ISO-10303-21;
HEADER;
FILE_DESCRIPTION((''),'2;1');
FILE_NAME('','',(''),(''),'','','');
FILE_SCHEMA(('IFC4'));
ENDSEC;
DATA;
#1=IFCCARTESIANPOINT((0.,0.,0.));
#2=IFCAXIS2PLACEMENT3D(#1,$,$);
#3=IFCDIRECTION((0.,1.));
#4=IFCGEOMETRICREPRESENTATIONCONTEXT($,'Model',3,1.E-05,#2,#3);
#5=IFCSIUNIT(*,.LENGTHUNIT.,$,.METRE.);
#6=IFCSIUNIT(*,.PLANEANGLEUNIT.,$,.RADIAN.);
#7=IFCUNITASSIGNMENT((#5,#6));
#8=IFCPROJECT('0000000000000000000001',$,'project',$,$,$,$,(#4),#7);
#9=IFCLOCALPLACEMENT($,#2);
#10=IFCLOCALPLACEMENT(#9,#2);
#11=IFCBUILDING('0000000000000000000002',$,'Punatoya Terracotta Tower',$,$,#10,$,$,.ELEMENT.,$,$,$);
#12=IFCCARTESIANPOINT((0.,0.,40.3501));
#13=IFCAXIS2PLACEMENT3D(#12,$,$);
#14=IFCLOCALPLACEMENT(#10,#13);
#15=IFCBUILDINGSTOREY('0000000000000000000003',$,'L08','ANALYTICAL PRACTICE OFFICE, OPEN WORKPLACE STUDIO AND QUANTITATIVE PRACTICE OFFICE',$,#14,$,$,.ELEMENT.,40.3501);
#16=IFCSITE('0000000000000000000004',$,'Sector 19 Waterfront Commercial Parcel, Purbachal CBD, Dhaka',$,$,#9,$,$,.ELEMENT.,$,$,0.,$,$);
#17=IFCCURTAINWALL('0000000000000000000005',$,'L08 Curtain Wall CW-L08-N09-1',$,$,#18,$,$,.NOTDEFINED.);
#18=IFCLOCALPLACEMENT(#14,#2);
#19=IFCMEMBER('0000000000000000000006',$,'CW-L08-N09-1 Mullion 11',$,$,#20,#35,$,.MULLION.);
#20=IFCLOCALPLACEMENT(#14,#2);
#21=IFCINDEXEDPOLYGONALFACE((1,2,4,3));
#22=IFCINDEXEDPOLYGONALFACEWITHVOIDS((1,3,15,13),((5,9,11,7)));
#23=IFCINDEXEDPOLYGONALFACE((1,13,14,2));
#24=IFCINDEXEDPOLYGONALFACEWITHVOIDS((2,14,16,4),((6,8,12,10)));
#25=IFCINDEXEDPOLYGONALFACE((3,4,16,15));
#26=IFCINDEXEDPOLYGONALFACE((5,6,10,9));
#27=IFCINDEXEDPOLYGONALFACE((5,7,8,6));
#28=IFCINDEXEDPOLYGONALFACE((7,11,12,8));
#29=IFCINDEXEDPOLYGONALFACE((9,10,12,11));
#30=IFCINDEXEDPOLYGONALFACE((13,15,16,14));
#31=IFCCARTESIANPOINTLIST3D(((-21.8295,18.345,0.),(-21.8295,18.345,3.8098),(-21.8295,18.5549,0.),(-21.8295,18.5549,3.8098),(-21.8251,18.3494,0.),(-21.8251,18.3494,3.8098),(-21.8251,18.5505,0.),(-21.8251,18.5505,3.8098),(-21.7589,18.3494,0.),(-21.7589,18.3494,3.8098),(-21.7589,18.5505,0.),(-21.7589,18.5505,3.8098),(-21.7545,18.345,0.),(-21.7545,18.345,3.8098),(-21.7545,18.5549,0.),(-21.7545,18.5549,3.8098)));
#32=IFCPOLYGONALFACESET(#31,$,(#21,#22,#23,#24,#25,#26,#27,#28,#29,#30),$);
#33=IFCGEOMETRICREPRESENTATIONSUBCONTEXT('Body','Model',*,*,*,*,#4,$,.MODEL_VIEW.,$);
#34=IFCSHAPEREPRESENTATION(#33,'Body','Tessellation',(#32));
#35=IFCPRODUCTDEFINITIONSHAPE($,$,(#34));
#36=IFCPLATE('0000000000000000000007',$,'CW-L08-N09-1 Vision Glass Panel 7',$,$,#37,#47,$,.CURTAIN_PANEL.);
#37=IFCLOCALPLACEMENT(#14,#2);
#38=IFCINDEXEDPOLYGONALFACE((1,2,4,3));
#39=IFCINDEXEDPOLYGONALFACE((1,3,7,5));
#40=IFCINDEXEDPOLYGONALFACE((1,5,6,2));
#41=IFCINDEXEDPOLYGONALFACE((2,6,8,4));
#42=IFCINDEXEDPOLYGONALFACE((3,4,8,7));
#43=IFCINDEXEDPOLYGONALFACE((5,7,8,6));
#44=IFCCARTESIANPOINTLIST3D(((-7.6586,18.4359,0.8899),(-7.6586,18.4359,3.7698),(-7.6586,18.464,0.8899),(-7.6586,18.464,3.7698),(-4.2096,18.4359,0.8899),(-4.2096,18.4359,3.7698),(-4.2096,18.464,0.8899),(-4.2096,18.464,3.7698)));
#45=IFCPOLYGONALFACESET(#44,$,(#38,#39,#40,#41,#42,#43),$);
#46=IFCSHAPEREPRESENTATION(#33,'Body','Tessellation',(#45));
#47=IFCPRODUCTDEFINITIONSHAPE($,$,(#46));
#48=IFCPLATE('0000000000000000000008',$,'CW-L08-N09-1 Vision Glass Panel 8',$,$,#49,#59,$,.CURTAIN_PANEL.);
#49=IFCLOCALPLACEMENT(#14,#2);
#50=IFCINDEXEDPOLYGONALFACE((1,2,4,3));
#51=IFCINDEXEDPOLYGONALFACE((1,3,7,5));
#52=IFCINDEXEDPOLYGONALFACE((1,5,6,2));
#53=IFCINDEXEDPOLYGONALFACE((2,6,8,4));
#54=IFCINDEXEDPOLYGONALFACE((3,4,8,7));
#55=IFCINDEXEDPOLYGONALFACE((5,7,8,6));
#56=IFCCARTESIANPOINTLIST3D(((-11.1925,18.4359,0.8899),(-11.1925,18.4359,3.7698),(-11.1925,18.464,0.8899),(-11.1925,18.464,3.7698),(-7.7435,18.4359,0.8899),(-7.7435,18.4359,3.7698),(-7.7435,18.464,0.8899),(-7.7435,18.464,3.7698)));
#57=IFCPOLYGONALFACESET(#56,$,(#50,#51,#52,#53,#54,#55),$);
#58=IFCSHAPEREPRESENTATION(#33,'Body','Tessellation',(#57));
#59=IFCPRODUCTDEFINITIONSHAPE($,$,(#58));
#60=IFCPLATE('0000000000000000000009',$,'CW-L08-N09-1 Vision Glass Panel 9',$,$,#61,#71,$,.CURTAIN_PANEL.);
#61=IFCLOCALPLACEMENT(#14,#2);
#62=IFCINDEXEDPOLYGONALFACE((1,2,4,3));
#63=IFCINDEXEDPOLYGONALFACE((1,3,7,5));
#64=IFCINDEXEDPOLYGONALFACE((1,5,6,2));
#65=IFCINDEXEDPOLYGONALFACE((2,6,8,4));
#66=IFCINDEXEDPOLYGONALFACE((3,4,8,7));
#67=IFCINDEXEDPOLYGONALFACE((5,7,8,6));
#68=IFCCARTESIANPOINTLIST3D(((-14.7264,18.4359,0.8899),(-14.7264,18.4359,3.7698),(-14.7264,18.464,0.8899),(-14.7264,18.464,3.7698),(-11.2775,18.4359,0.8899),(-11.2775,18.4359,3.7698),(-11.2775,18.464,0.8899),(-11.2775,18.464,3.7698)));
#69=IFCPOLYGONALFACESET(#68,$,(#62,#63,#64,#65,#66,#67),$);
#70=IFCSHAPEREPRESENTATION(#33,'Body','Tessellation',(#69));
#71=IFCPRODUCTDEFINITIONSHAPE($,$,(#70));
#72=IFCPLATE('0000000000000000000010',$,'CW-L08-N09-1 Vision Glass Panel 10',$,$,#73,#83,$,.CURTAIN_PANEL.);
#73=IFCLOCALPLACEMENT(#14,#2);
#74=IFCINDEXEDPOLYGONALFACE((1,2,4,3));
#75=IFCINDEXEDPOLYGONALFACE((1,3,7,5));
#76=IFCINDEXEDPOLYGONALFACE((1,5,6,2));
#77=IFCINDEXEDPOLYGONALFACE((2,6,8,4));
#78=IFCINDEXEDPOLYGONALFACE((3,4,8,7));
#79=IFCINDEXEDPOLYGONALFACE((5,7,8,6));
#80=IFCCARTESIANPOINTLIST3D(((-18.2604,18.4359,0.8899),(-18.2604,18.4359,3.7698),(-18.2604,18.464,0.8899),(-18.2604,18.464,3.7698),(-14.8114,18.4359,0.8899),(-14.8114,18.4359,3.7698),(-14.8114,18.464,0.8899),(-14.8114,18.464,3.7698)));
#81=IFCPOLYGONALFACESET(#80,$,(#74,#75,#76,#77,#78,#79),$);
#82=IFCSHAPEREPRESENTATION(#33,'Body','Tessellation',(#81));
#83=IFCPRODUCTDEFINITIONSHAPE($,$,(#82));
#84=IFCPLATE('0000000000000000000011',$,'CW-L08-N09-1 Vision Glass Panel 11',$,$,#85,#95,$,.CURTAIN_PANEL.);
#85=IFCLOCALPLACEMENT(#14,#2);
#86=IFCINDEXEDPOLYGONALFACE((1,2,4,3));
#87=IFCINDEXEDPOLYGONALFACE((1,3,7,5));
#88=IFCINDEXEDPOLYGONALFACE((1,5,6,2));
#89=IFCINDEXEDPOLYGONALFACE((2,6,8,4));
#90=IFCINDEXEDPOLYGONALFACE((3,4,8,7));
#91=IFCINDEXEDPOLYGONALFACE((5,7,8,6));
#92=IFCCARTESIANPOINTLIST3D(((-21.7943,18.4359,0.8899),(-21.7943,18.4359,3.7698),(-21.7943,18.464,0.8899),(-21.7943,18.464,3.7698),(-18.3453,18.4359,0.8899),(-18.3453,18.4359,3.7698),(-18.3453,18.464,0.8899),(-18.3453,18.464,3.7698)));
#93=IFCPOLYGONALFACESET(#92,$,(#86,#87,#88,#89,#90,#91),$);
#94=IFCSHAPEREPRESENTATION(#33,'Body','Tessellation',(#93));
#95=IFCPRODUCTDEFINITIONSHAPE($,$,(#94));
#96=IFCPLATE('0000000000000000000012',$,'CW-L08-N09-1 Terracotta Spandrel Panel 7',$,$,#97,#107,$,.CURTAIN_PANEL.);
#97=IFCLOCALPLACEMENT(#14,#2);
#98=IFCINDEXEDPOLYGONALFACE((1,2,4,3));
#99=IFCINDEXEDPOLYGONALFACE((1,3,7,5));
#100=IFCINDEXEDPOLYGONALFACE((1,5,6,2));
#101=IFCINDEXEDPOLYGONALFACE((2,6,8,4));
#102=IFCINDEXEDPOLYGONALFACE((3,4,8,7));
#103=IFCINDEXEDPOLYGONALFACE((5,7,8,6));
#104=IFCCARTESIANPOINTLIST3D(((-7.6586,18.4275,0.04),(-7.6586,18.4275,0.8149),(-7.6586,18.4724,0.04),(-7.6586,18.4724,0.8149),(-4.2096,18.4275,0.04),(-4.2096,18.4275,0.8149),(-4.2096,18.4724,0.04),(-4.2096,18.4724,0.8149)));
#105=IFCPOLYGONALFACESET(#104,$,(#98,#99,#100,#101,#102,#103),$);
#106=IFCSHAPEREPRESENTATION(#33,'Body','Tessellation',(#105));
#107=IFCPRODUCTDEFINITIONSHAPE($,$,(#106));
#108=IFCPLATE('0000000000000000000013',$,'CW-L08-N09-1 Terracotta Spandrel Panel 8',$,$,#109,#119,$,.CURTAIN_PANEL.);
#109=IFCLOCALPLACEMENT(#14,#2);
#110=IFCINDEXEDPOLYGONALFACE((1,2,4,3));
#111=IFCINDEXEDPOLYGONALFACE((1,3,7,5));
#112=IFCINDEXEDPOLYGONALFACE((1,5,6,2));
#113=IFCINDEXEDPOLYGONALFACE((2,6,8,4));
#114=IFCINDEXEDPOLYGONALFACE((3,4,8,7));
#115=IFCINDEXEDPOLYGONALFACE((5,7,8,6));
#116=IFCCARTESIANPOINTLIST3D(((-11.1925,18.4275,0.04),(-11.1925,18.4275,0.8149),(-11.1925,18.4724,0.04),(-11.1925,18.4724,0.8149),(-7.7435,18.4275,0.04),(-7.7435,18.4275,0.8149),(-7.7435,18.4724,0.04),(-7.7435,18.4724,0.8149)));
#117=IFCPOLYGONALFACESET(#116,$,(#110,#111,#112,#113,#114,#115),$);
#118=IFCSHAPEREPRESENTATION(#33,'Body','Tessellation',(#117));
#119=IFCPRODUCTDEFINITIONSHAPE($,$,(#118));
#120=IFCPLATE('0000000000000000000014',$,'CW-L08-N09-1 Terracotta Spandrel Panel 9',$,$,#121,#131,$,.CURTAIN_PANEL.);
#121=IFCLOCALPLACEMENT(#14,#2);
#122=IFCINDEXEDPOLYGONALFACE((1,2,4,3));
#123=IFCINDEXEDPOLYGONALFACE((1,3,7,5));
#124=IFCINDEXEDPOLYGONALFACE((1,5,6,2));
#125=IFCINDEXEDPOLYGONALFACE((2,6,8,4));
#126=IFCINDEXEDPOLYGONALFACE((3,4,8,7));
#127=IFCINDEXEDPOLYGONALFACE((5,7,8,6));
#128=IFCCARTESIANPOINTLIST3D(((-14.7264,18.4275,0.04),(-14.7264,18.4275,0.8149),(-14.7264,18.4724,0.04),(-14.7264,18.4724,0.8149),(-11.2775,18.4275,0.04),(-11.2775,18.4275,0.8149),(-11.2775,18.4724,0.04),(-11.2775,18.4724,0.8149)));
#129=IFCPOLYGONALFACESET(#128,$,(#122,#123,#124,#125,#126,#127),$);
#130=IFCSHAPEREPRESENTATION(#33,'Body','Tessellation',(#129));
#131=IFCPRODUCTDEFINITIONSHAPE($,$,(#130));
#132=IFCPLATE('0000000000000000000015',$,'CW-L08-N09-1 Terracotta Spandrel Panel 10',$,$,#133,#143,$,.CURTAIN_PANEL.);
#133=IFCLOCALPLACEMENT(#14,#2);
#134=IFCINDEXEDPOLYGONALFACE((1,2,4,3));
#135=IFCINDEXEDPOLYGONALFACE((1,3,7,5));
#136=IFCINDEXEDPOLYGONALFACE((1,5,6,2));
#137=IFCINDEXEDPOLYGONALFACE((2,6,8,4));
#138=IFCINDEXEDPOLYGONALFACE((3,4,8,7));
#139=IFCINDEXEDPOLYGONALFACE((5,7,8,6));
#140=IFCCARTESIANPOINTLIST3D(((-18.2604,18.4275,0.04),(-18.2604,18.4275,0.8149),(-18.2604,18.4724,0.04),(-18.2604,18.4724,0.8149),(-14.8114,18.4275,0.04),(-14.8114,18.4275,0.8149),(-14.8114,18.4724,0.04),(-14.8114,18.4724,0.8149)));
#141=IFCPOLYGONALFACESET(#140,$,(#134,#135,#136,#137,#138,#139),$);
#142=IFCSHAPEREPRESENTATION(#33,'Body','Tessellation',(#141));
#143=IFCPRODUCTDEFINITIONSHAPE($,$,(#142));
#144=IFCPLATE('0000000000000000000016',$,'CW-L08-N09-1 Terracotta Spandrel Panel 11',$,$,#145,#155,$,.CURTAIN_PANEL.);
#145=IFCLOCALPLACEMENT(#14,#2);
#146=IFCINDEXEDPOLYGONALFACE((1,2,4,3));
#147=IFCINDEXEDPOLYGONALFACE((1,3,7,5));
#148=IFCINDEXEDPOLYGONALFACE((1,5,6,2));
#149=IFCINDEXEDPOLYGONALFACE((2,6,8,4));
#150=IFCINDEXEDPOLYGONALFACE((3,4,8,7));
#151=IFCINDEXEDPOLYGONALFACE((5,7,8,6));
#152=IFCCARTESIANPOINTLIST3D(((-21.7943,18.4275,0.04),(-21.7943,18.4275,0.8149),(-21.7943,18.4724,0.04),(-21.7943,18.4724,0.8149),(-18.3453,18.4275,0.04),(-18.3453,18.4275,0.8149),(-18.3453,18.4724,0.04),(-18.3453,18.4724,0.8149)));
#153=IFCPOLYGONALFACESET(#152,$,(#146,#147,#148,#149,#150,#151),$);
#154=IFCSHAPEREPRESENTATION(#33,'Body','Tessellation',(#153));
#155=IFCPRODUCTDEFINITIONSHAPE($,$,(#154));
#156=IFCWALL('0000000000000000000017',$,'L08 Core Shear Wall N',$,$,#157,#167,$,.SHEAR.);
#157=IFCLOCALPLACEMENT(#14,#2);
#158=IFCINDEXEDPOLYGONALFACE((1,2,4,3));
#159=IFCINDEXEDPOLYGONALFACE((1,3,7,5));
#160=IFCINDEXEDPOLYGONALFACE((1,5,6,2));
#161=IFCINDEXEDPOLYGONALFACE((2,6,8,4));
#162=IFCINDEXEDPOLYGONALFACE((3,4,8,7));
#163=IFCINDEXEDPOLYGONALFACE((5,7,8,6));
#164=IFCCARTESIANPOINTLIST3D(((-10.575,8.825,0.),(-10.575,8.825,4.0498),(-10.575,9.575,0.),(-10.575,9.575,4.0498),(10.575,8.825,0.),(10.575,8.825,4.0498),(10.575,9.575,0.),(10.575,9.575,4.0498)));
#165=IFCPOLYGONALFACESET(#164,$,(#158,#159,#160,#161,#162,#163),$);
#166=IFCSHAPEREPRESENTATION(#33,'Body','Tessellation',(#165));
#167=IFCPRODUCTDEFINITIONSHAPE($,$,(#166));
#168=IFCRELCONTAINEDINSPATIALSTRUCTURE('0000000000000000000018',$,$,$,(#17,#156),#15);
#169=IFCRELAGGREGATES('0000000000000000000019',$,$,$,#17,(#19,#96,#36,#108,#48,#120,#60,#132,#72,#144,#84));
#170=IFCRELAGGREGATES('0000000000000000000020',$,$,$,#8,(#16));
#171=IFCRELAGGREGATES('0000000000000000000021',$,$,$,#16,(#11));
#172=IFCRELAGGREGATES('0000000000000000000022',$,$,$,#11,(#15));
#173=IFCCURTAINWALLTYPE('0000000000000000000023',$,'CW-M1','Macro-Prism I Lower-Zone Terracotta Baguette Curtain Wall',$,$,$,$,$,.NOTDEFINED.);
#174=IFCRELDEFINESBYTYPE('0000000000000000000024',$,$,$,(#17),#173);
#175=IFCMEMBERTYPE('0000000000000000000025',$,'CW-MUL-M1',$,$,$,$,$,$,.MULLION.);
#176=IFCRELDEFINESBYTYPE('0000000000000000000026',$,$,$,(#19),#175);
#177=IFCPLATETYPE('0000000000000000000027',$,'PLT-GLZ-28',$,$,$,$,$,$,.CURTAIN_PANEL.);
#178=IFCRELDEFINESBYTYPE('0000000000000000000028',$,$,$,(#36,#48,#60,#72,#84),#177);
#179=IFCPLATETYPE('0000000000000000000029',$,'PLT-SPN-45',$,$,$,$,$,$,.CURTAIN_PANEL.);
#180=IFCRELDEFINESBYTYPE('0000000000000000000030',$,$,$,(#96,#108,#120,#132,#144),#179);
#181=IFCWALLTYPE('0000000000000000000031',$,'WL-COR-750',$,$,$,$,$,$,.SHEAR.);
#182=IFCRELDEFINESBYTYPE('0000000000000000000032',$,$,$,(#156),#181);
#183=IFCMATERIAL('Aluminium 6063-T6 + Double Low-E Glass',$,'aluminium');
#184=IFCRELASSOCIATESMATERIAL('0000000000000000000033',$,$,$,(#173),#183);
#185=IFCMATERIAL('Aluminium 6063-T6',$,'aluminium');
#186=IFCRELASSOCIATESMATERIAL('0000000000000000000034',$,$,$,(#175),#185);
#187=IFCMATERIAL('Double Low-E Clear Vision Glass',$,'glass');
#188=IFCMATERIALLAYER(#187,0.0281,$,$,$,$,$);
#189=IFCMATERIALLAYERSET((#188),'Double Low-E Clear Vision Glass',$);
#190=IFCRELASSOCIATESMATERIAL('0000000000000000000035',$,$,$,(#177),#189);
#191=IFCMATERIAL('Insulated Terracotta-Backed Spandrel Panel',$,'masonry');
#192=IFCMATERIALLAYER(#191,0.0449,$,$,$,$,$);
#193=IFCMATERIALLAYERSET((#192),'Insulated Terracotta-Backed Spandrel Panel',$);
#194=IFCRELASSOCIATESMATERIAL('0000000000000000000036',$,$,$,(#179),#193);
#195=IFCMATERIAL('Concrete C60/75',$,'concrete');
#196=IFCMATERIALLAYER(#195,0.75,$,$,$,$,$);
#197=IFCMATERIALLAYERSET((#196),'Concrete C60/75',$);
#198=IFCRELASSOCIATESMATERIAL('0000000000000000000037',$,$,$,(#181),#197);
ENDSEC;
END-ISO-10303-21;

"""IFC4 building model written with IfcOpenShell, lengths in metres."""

from ifc_helpers import new_model, si_unit, direction, frame, frame_2d, origin, origin_2d, place, context, subcontext, project, spatial, rectangle, hollow_rectangle, extrude, material, layer, layer_set, material_profile, profile_set, type_object, element, aggregate, save


model = new_model("IFC4")

# Units and contexts
model_context = context("Model", 3, precision=1e-05, world=origin(), true_north=direction((0.0, 1.0)))
body_context = subcontext(model_context, "Body", "Model", "MODEL_VIEW")
ifc_project = project(units=[si_unit("LENGTHUNIT", "METRE"), si_unit("PLANEANGLEUNIT", "RADIAN")], contexts=[model_context])

# Site, building, storey
site_placement = place(None, origin())
site = spatial("IfcSite", under=ifc_project, at=site_placement, Name="Sector 19 Waterfront Commercial Parcel, Purbachal CBD, Dhaka", CompositionType="ELEMENT", RefElevation=0.0)
building_placement = place(site_placement, origin())
building = spatial("IfcBuilding", under=site, at=building_placement, Name="Punatoya Terracotta Tower", CompositionType="ELEMENT")
storey_placement = place(building_placement, frame((0.0, 0.0, 40.3501)))
storey = spatial("IfcBuildingStorey", under=building, at=storey_placement, Name="L08", Description="ANALYTICAL PRACTICE OFFICE, OPEN WORKPLACE STUDIO AND QUANTITATIVE PRACTICE OFFICE", CompositionType="ELEMENT", Elevation=40.3501)

# Curtain wall, member, plates
ifc_material_1 = material(Name="Aluminium 6063-T6 + Double Low-E Glass", Category="aluminium")
curtain_wall_type = type_object("IfcCurtainWallType", Name="CW-M1", Description="Macro-Prism I Lower-Zone Terracotta Baguette Curtain Wall", PredefinedType="NOTDEFINED", material=ifc_material_1)
curtain_wall_placement = place(storey_placement, origin())
curtain_wall = element("IfcCurtainWall", 1, at=curtain_wall_placement, inside=storey, type_object=curtain_wall_type, Name="L08 Curtain Wall CW-L08-N09-1", PredefinedType="NOTDEFINED")
ifc_material_2 = material(Name="Aluminium 6063-T6", Category="aluminium")
ifc_material_profile_1 = material_profile(ifc_material_2, hollow_rectangle(XDim=0.075, YDim=0.21, WallThickness=0.0044, at=origin_2d()))
ifc_profile_set_1 = profile_set([ifc_material_profile_1], Name="Aluminium 6063-T6")
member_type = type_object("IfcMemberType", Name="CW-MUL-M1", PredefinedType="MULLION", material=ifc_profile_set_1)
member_1_placement = place(storey_placement, frame((-21.792, 18.45, 0.0), z_axis=(0.0, 0.0, 1.0), x_axis=(1.0, 0.0, 0.0)))
member_1 = element("IfcMember", 2, at=member_1_placement, type_object=member_type, Name="CW-L08-N09-1 Mullion 11", PredefinedType="MULLION", context=body_context, shape_type="SweptSolid", body=[
    extrude(hollow_rectangle(XDim=0.075, YDim=0.21, WallThickness=0.0044, at=origin_2d()), origin(), (0.0, 0.0, 1.0), 3.8098),
])
ifc_material_3 = material(Name="Double Low-E Clear Vision Glass", Category="glass")
ifc_layer_1 = layer(ifc_material_3, 0.0281)
ifc_layer_set_1 = layer_set([ifc_layer_1], Name="Double Low-E Clear Vision Glass")
plate_type_1 = type_object("IfcPlateType", Name="PLT-GLZ-28", PredefinedType="CURTAIN_PANEL", material=ifc_layer_set_1)
plate_1_placement = place(storey_placement, frame((-5.9341, 18.45, 0.8899), z_axis=(0.0, 0.0, 1.0), x_axis=(-1.0, 0.0, 0.0)))
plate_1 = element("IfcPlate", 3, at=plate_1_placement, type_object=plate_type_1, Name="CW-L08-N09-1 Vision Glass Panel 7", PredefinedType="CURTAIN_PANEL", context=body_context, shape_type="SweptSolid", body=[
    extrude(rectangle(XDim=3.449, YDim=0.0281, at=origin_2d()), origin(), (0.0, 0.0, 1.0), 2.8799),
])
plate_2_placement = place(storey_placement, frame((-9.468, 18.45, 0.8899), z_axis=(0.0, 0.0, 1.0), x_axis=(-1.0, 0.0, 0.0)))
plate_2 = element("IfcPlate", 4, at=plate_2_placement, type_object=plate_type_1, Name="CW-L08-N09-1 Vision Glass Panel 8", PredefinedType="CURTAIN_PANEL", context=body_context, shape_type="SweptSolid", body=[
    extrude(rectangle(XDim=3.449, YDim=0.0281, at=origin_2d()), origin(), (0.0, 0.0, 1.0), 2.8799),
])
plate_3_placement = place(storey_placement, frame((-13.002, 18.45, 0.8899), z_axis=(0.0, 0.0, 1.0), x_axis=(-1.0, 0.0, 0.0)))
plate_3 = element("IfcPlate", 5, at=plate_3_placement, type_object=plate_type_1, Name="CW-L08-N09-1 Vision Glass Panel 9", PredefinedType="CURTAIN_PANEL", context=body_context, shape_type="SweptSolid", body=[
    extrude(rectangle(XDim=3.449, YDim=0.0281, at=origin_2d()), origin(), (0.0, 0.0, 1.0), 2.8799),
])
plate_4_placement = place(storey_placement, frame((-16.5359, 18.45, 0.8899), z_axis=(0.0, 0.0, 1.0), x_axis=(-1.0, 0.0, 0.0)))
plate_4 = element("IfcPlate", 6, at=plate_4_placement, type_object=plate_type_1, Name="CW-L08-N09-1 Vision Glass Panel 10", PredefinedType="CURTAIN_PANEL", context=body_context, shape_type="SweptSolid", body=[
    extrude(rectangle(XDim=3.449, YDim=0.0281, at=origin_2d()), origin(), (0.0, 0.0, 1.0), 2.8799),
])
plate_5_placement = place(storey_placement, frame((-20.0698, 18.45, 0.8899), z_axis=(0.0, 0.0, 1.0), x_axis=(-1.0, 0.0, 0.0)))
plate_5 = element("IfcPlate", 7, at=plate_5_placement, type_object=plate_type_1, Name="CW-L08-N09-1 Vision Glass Panel 11", PredefinedType="CURTAIN_PANEL", context=body_context, shape_type="SweptSolid", body=[
    extrude(rectangle(XDim=3.449, YDim=0.0281, at=origin_2d()), origin(), (0.0, 0.0, 1.0), 2.8799),
])
ifc_material_4 = material(Name="Insulated Terracotta-Backed Spandrel Panel", Category="masonry")
ifc_layer_2 = layer(ifc_material_4, 0.0449)
ifc_layer_set_2 = layer_set([ifc_layer_2], Name="Insulated Terracotta-Backed Spandrel Panel")
plate_type_2 = type_object("IfcPlateType", Name="PLT-SPN-45", PredefinedType="CURTAIN_PANEL", material=ifc_layer_set_2)
plate_6_placement = place(storey_placement, frame((-5.9341, 18.45, 0.04), z_axis=(0.0, 0.0, 1.0), x_axis=(-1.0, 0.0, 0.0)))
plate_6 = element("IfcPlate", 8, at=plate_6_placement, type_object=plate_type_2, Name="CW-L08-N09-1 Terracotta Spandrel Panel 7", PredefinedType="CURTAIN_PANEL", context=body_context, shape_type="SweptSolid", body=[
    extrude(rectangle(XDim=3.449, YDim=0.0449, at=origin_2d()), origin(), (0.0, 0.0, 1.0), 0.7749),
])
plate_7_placement = place(storey_placement, frame((-9.468, 18.45, 0.04), z_axis=(0.0, 0.0, 1.0), x_axis=(-1.0, 0.0, 0.0)))
plate_7 = element("IfcPlate", 9, at=plate_7_placement, type_object=plate_type_2, Name="CW-L08-N09-1 Terracotta Spandrel Panel 8", PredefinedType="CURTAIN_PANEL", context=body_context, shape_type="SweptSolid", body=[
    extrude(rectangle(XDim=3.449, YDim=0.0449, at=origin_2d()), origin(), (0.0, 0.0, 1.0), 0.7749),
])
plate_8_placement = place(storey_placement, frame((-13.002, 18.45, 0.04), z_axis=(0.0, 0.0, 1.0), x_axis=(-1.0, 0.0, 0.0)))
plate_8 = element("IfcPlate", 10, at=plate_8_placement, type_object=plate_type_2, Name="CW-L08-N09-1 Terracotta Spandrel Panel 9", PredefinedType="CURTAIN_PANEL", context=body_context, shape_type="SweptSolid", body=[
    extrude(rectangle(XDim=3.449, YDim=0.0449, at=origin_2d()), origin(), (0.0, 0.0, 1.0), 0.7749),
])
plate_9_placement = place(storey_placement, frame((-16.5359, 18.45, 0.04), z_axis=(0.0, 0.0, 1.0), x_axis=(-1.0, 0.0, 0.0)))
plate_9 = element("IfcPlate", 11, at=plate_9_placement, type_object=plate_type_2, Name="CW-L08-N09-1 Terracotta Spandrel Panel 10", PredefinedType="CURTAIN_PANEL", context=body_context, shape_type="SweptSolid", body=[
    extrude(rectangle(XDim=3.449, YDim=0.0449, at=origin_2d()), origin(), (0.0, 0.0, 1.0), 0.7749),
])
plate_10_placement = place(storey_placement, frame((-20.0698, 18.45, 0.04), z_axis=(0.0, 0.0, 1.0), x_axis=(-1.0, 0.0, 0.0)))
plate_10 = element("IfcPlate", 12, at=plate_10_placement, type_object=plate_type_2, Name="CW-L08-N09-1 Terracotta Spandrel Panel 11", PredefinedType="CURTAIN_PANEL", context=body_context, shape_type="SweptSolid", body=[
    extrude(rectangle(XDim=3.449, YDim=0.0449, at=origin_2d()), origin(), (0.0, 0.0, 1.0), 0.7749),
])
aggregate(curtain_wall, [member_1, plate_6, plate_1, plate_7, plate_2, plate_8, plate_3, plate_9, plate_4, plate_10, plate_5])

# Wall
ifc_material_5 = material(Name="Concrete C60/75", Category="concrete")
ifc_layer_3 = layer(ifc_material_5, 0.75)
ifc_layer_set_3 = layer_set([ifc_layer_3], Name="Concrete C60/75")
wall_type_1 = type_object("IfcWallType", Name="WL-COR-750", PredefinedType="SHEAR", material=ifc_layer_set_3)
wall_1_placement = place(storey_placement, frame((-10.575, 9.2, 0.0), z_axis=(0.0, 0.0, 1.0), x_axis=(1.0, 0.0, 0.0)))
element("IfcWall", 13, at=wall_1_placement, inside=storey, type_object=wall_type_1, Name="L08 Core Shear Wall N", PredefinedType="SHEAR", context=body_context, shape_type="SweptSolid", body=[
    extrude(rectangle(XDim=21.1499, YDim=0.75, at=frame_2d((10.575, 0.0))), origin(), (0.0, 0.0, 1.0), 4.0498),
])

save(model, "model.ifc")
